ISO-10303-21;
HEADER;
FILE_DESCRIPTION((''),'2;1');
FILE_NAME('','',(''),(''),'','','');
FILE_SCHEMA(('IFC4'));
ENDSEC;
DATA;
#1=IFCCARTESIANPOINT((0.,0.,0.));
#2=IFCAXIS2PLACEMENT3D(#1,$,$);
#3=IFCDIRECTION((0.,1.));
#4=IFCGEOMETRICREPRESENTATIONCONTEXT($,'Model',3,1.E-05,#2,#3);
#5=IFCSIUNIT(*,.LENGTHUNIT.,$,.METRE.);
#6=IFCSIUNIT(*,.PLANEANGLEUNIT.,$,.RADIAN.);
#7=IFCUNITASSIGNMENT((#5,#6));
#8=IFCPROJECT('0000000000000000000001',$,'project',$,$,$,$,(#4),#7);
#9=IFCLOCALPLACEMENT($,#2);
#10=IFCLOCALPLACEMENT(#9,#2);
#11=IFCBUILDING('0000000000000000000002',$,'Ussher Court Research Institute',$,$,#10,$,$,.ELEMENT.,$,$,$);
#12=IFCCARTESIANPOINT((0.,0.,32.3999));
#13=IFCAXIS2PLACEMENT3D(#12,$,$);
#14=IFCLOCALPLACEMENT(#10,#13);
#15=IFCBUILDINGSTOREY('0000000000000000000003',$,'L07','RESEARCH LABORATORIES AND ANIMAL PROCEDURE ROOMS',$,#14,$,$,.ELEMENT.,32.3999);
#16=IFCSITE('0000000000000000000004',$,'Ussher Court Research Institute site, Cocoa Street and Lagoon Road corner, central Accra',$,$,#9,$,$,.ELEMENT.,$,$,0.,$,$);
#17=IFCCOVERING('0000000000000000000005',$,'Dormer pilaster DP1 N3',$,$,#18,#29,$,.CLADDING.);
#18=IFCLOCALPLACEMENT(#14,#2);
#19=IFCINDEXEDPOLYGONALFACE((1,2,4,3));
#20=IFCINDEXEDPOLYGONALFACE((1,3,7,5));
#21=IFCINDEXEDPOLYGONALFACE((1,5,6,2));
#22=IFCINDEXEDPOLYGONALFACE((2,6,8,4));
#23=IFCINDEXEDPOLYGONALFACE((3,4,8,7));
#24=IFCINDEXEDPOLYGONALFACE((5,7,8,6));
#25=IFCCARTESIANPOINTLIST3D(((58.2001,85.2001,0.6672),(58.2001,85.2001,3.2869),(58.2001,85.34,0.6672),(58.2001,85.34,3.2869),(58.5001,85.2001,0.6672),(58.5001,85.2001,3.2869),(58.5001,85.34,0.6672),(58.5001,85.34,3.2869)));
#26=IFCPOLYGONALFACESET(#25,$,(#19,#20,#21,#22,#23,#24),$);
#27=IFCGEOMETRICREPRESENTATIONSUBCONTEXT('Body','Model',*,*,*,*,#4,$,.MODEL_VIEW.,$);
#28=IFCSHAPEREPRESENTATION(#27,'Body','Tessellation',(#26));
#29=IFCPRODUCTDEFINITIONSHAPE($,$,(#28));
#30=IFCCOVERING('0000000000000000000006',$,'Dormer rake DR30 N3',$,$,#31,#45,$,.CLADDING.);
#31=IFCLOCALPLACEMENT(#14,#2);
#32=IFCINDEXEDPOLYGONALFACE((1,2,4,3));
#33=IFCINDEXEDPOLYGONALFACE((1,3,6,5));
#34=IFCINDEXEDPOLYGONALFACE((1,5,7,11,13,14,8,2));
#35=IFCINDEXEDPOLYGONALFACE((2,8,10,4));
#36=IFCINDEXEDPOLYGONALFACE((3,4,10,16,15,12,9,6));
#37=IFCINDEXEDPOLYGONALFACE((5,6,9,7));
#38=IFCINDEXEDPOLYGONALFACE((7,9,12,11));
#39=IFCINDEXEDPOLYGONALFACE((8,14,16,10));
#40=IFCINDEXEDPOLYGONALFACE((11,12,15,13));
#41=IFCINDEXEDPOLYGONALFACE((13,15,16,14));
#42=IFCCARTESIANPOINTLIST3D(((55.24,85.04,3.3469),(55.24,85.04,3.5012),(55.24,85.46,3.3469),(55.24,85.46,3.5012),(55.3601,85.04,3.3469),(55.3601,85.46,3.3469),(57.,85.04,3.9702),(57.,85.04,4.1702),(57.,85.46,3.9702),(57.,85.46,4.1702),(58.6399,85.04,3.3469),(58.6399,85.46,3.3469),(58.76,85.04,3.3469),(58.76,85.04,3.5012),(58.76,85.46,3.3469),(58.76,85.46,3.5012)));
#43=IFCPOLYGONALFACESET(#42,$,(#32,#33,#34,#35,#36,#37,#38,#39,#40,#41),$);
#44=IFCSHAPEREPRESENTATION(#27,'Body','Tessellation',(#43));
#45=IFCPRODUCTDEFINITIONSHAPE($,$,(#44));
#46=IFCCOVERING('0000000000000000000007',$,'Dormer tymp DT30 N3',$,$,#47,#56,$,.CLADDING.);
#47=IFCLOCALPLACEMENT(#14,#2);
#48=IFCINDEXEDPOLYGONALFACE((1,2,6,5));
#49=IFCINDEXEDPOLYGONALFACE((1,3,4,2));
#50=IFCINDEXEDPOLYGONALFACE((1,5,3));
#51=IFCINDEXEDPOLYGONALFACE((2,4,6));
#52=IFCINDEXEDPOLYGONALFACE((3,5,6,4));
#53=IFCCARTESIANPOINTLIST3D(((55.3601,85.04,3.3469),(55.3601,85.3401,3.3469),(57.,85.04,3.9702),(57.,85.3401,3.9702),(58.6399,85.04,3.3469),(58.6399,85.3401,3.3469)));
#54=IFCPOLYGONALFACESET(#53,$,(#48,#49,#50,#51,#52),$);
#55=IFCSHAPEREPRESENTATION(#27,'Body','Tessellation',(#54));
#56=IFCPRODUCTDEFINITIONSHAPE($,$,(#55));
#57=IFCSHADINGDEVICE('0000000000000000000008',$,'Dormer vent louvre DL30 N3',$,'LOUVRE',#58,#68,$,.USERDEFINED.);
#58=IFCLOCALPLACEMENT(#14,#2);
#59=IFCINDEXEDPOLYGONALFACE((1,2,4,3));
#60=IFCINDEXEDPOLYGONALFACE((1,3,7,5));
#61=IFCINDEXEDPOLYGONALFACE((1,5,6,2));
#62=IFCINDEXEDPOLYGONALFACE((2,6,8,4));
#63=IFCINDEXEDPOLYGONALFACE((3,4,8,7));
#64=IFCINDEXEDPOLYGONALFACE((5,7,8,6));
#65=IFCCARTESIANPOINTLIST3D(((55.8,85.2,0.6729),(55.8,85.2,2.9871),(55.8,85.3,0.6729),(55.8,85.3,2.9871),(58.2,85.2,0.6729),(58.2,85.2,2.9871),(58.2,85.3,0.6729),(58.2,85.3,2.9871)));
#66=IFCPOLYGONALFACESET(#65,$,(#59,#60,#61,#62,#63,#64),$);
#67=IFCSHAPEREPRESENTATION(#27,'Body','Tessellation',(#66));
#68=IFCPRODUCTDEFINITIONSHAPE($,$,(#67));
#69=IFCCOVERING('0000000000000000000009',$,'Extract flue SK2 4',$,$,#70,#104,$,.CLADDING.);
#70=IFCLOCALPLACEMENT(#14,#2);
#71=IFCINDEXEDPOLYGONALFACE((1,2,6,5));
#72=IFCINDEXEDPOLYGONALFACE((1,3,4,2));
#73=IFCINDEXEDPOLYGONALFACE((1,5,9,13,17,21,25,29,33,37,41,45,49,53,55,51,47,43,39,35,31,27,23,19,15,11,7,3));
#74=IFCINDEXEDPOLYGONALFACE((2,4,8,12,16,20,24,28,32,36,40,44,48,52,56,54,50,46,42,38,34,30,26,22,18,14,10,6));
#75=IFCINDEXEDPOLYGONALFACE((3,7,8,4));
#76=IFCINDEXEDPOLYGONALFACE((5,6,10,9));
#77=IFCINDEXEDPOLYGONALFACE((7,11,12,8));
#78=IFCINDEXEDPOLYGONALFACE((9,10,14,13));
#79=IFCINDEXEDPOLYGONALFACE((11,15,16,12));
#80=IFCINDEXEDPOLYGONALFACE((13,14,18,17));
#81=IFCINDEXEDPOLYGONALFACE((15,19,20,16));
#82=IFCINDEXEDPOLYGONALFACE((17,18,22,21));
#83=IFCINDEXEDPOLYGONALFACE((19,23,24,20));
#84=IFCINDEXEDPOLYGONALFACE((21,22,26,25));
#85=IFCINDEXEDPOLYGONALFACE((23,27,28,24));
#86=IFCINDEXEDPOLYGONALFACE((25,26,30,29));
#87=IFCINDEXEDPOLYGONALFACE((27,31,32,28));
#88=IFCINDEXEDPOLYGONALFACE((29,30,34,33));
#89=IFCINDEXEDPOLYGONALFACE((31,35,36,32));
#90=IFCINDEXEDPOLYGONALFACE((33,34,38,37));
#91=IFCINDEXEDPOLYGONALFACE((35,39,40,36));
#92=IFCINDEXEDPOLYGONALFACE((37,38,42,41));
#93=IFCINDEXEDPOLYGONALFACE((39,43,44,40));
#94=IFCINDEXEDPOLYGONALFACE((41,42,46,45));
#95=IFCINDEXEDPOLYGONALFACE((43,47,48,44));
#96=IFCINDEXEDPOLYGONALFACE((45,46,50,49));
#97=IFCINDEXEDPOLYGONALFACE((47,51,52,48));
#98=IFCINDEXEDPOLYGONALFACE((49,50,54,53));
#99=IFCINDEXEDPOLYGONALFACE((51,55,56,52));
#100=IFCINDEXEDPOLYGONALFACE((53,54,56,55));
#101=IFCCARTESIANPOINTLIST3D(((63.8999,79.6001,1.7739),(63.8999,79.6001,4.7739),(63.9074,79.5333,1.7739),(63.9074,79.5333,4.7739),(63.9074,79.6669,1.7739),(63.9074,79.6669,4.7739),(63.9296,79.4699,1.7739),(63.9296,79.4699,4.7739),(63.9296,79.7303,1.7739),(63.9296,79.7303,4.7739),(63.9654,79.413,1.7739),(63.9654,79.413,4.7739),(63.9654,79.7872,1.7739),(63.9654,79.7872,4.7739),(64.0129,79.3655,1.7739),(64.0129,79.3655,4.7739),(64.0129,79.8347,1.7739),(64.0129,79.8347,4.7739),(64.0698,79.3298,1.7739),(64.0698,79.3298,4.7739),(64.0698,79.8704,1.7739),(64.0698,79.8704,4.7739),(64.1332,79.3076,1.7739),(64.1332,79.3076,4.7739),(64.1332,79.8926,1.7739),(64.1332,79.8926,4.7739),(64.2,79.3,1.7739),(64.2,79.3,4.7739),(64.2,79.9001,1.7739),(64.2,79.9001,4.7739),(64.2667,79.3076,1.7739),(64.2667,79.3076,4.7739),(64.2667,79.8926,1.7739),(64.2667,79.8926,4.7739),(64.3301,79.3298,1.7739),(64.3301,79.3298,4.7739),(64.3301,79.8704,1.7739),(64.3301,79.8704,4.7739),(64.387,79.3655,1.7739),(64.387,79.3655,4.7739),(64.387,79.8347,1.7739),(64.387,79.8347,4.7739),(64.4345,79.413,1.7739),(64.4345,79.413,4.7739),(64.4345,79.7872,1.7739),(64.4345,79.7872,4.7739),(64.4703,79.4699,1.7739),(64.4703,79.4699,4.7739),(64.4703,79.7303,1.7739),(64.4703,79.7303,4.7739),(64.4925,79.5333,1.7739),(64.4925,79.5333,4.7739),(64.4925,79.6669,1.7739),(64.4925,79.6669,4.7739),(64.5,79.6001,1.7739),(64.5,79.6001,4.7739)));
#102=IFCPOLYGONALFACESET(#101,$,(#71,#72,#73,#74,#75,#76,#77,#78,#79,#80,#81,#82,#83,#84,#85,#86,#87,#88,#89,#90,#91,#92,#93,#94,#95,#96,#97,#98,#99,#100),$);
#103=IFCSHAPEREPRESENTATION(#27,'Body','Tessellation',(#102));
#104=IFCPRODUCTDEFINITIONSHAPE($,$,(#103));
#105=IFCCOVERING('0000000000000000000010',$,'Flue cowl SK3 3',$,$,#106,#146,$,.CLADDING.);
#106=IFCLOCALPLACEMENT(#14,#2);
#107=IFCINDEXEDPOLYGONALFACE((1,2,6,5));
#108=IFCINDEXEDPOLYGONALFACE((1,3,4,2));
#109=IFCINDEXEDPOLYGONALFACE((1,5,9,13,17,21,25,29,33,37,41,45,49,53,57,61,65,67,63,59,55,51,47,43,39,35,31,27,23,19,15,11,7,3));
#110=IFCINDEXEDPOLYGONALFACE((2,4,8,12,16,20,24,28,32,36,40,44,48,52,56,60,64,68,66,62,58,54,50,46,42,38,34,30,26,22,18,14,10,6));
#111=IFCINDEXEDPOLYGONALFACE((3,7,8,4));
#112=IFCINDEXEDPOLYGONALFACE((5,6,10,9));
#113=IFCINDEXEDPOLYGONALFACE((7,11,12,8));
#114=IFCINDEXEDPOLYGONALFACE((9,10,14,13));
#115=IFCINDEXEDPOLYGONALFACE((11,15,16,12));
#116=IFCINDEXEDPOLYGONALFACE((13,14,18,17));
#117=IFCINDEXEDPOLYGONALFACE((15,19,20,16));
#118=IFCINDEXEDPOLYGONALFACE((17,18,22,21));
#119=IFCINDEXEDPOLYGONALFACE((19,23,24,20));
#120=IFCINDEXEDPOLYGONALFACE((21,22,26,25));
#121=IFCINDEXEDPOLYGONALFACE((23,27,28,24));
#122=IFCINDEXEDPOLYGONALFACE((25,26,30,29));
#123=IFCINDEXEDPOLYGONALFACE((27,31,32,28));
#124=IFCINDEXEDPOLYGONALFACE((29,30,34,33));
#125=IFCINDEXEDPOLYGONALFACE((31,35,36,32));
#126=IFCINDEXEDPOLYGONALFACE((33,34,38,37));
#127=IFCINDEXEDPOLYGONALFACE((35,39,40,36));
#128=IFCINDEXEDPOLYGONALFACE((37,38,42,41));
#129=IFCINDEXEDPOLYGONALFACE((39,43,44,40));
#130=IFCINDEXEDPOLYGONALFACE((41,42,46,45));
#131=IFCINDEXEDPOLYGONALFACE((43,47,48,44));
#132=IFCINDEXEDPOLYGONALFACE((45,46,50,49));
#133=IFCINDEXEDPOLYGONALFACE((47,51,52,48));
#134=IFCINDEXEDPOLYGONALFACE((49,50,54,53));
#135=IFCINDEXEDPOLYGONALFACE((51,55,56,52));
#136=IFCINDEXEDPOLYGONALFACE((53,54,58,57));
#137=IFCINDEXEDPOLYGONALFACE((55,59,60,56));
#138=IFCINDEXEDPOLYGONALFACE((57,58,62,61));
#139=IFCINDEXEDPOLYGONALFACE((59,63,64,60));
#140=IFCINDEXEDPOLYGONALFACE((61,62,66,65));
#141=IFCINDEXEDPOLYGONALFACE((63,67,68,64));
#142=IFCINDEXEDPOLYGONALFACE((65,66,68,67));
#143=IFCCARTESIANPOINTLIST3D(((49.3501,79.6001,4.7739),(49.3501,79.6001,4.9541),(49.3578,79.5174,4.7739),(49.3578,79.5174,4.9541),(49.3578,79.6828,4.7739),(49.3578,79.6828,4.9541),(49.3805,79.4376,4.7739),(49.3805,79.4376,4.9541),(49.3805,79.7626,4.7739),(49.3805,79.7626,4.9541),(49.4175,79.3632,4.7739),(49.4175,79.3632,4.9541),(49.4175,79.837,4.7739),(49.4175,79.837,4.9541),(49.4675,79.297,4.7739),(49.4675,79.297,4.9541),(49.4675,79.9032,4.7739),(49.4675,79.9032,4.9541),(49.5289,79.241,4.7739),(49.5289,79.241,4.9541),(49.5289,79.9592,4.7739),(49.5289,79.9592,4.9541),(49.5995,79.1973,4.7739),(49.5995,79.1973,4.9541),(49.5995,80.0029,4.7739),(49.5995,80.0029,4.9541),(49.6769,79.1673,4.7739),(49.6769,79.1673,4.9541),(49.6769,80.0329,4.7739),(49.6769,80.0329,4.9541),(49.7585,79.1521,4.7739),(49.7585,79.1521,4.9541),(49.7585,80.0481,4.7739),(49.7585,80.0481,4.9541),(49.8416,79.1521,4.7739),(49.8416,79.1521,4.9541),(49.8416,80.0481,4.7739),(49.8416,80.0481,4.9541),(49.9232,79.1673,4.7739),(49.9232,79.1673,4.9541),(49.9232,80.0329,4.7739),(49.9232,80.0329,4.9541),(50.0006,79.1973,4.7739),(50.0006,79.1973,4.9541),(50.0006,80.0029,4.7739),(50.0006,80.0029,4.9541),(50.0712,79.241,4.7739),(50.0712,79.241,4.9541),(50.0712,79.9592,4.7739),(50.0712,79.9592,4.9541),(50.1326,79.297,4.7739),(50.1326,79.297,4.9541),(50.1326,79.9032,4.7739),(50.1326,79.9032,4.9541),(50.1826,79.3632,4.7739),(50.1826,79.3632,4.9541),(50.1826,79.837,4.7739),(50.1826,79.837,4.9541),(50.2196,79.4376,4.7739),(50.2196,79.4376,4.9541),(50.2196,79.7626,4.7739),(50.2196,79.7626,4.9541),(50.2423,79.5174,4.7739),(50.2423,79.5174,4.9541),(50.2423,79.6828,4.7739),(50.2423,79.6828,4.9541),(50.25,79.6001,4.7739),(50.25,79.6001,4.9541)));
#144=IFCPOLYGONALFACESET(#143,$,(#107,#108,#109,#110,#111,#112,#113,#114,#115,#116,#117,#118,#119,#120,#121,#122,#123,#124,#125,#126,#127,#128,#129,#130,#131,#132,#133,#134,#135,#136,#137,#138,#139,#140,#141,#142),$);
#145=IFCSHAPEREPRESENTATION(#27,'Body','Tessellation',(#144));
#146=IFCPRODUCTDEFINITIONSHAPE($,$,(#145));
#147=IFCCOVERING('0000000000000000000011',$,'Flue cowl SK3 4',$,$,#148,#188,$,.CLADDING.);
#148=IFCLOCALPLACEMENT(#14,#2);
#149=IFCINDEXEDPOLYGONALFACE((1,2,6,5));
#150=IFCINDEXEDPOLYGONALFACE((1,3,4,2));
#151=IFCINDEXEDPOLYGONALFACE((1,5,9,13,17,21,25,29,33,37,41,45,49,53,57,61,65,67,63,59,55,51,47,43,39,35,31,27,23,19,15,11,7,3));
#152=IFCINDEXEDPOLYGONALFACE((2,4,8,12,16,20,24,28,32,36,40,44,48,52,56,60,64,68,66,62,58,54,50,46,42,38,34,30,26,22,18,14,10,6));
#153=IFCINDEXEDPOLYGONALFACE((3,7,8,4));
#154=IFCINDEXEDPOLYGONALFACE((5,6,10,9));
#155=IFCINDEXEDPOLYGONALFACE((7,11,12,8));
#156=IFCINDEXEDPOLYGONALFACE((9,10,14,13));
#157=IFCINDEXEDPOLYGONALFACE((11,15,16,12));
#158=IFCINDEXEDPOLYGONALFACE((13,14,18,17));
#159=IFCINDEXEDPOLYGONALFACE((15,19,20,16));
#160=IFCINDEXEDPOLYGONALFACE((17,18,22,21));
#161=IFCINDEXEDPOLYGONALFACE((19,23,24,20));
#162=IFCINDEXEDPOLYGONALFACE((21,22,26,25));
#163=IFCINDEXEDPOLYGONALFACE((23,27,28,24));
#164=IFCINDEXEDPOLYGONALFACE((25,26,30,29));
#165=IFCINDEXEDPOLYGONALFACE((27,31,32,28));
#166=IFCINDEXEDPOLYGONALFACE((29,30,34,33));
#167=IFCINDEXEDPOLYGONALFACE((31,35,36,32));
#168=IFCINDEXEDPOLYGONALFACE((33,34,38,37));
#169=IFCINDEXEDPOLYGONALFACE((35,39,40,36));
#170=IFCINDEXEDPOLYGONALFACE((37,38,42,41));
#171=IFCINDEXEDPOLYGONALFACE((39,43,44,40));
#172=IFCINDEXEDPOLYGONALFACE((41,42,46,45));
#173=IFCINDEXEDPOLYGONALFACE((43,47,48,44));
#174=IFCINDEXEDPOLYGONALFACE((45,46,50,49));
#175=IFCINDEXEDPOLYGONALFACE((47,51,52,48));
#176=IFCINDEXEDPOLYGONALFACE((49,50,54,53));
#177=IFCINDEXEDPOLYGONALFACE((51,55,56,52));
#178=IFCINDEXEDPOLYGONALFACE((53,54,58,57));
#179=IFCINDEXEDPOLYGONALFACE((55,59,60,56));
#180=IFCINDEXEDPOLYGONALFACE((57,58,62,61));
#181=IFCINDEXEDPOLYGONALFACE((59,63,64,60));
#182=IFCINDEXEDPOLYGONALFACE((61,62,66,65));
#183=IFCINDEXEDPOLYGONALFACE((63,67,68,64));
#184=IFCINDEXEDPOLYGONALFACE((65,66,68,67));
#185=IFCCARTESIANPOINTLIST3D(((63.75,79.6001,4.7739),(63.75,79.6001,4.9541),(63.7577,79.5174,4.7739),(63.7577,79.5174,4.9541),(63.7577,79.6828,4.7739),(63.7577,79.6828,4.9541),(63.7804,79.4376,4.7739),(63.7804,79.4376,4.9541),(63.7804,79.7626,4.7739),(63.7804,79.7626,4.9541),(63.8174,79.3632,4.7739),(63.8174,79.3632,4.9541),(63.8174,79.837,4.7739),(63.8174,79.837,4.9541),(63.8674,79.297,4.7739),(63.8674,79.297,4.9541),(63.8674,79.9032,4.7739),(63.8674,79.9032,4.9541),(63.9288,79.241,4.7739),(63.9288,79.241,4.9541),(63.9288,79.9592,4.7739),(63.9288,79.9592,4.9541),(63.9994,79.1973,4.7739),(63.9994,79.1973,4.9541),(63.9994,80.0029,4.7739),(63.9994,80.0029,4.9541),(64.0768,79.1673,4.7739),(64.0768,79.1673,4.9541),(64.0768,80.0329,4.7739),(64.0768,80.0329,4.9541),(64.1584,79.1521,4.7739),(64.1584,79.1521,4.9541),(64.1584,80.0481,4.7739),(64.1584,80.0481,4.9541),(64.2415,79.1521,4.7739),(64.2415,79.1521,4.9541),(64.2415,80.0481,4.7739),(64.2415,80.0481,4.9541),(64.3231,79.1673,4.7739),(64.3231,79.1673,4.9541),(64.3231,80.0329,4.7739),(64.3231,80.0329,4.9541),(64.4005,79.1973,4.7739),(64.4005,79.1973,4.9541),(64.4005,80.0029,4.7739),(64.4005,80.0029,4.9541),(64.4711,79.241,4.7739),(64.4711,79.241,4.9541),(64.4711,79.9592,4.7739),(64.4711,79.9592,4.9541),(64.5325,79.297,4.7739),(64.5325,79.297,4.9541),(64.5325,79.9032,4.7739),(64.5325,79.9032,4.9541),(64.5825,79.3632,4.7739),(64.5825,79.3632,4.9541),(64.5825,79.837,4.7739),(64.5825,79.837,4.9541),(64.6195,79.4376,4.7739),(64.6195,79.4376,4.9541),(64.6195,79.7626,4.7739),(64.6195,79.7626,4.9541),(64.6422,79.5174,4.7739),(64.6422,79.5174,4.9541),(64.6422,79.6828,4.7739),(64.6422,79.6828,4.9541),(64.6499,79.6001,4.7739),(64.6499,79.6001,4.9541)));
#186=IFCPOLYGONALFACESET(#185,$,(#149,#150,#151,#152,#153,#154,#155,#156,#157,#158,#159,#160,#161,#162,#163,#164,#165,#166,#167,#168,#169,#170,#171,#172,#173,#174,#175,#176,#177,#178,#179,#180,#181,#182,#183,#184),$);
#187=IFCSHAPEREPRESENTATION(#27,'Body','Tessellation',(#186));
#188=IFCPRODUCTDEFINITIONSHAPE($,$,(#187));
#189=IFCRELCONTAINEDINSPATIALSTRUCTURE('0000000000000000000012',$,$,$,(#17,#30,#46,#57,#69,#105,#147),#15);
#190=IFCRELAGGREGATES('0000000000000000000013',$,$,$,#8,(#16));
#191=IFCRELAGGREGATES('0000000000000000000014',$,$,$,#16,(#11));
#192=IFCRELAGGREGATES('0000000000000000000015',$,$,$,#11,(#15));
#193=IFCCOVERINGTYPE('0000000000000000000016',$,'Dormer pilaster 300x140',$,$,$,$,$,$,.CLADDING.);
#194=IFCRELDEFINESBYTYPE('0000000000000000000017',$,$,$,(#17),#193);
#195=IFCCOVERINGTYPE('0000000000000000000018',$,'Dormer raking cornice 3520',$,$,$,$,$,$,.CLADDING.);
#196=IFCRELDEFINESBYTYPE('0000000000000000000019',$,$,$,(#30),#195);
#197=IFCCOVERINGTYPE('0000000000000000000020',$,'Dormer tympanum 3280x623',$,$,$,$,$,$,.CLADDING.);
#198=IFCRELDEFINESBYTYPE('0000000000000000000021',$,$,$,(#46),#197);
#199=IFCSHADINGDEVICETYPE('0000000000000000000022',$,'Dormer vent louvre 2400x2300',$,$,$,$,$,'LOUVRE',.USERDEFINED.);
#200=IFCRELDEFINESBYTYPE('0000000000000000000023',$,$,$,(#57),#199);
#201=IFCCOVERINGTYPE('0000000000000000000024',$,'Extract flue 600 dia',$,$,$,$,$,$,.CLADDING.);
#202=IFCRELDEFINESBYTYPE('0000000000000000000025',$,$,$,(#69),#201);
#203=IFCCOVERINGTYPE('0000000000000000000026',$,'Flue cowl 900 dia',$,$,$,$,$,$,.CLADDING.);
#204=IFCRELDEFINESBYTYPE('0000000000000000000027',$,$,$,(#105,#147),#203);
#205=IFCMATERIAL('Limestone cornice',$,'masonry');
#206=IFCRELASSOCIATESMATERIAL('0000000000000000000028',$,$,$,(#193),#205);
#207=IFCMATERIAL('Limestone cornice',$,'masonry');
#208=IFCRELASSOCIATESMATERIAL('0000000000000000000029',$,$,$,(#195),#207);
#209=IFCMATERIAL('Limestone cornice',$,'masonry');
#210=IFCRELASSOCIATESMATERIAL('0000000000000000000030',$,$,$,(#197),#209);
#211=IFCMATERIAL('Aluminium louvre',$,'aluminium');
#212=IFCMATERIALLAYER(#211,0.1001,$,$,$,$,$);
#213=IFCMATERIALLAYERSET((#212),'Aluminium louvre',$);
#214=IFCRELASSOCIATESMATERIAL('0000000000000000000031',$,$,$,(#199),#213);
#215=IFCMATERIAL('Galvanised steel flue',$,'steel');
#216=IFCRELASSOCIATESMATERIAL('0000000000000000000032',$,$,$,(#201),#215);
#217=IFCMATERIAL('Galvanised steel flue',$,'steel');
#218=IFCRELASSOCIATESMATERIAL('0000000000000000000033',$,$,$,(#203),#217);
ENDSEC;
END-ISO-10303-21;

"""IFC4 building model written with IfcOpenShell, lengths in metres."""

from ifc_helpers import new_model, si_unit, direction, frame, origin, origin_2d, place, context, subcontext, project, spatial, polyline, rectangle, circle, outline, extrude, material, layer, layer_set, material_profile, profile_set, type_object, element, save


model = new_model("IFC4")

# Units and contexts
model_context = context("Model", 3, precision=1e-05, world=origin(), true_north=direction((0.0, 1.0)))
body_context = subcontext(model_context, "Body", "Model", "MODEL_VIEW")
ifc_project = project(units=[si_unit("LENGTHUNIT", "METRE"), si_unit("PLANEANGLEUNIT", "RADIAN")], contexts=[model_context])

# Site, building, storey
site_placement = place(None, origin())
site = spatial("IfcSite", under=ifc_project, at=site_placement, Name="Ussher Court Research Institute site, Cocoa Street and Lagoon Road corner, central Accra", CompositionType="ELEMENT", RefElevation=0.0)
building_placement = place(site_placement, origin())
building = spatial("IfcBuilding", under=site, at=building_placement, Name="Ussher Court Research Institute", CompositionType="ELEMENT")
storey_placement = place(building_placement, frame((0.0, 0.0, 32.3999)))
storey = spatial("IfcBuildingStorey", under=building, at=storey_placement, Name="L07", Description="RESEARCH LABORATORIES AND ANIMAL PROCEDURE ROOMS", CompositionType="ELEMENT", Elevation=32.3999)

# Coverings
ifc_material_1 = material(Name="Limestone cornice", Category="masonry")
covering_type_1 = type_object("IfcCoveringType", Name="Dormer pilaster 300x140", PredefinedType="CLADDING", material=ifc_material_1)
for number, where, z_axis, x_axis, name in (
    (1, (58.3501, 85.27, 0.6672), (0.0, 0.0, 1.0), (1.0, 0.0, 0.0), "Dormer pilaster DP1 N3"),
):
    element("IfcCovering", number, at=place(storey_placement, frame(where, z_axis=z_axis, x_axis=x_axis)), inside=storey, type_object=covering_type_1, Name=name, PredefinedType="CLADDING", context=body_context, shape_type="SweptSolid", body=[
        extrude(rectangle(XDim=0.3, YDim=0.1399, at=origin_2d()), origin(), (0.0, 0.0, 1.0), 2.6196),
    ])
ifc_material_2 = material(Name="Limestone cornice", Category="masonry")
covering_type_2 = type_object("IfcCoveringType", Name="Dormer raking cornice 3520", PredefinedType="CLADDING", material=ifc_material_2)
covering_1_placement = place(storey_placement, frame((57.0, 85.04, 3.3469), z_axis=(0.0, 1.0, 0.0), x_axis=(-1.0, 0.0, 0.0)))
element("IfcCovering", 2, at=covering_1_placement, inside=storey, type_object=covering_type_2, Name="Dormer rake DR30 N3", PredefinedType="CLADDING", context=body_context, shape_type="SweptSolid", body=[
    extrude(outline(polyline([(1.76, 0.0), (1.76, 0.1543), (0.0, 0.8232), (-1.76, 0.1543), (-1.76, 0.0), (-1.6399, 0.0), (0.0, 0.6233), (1.6399, 0.0), (1.76, 0.0)])), origin(), (0.0, 0.0, 1.0), 0.4199),
])
ifc_material_3 = material(Name="Limestone cornice", Category="masonry")
covering_type_3 = type_object("IfcCoveringType", Name="Dormer tympanum 3280x623", PredefinedType="CLADDING", material=ifc_material_3)
covering_2_placement = place(storey_placement, frame((57.0, 85.04, 3.3469), z_axis=(0.0, 1.0, 0.0), x_axis=(-1.0, 0.0, 0.0)))
element("IfcCovering", 3, at=covering_2_placement, inside=storey, type_object=covering_type_3, Name="Dormer tymp DT30 N3", PredefinedType="CLADDING", context=body_context, shape_type="SweptSolid", body=[
    extrude(outline(polyline([(1.6399, 0.0), (0.0, 0.6233), (-1.6399, 0.0), (1.6399, 0.0)])), origin(), (0.0, 0.0, 1.0), 0.3),
])

# Shading device
ifc_material_4 = material(Name="Aluminium louvre", Category="aluminium")
ifc_layer_1 = layer(ifc_material_4, 0.1001)
ifc_layer_set_1 = layer_set([ifc_layer_1], Name="Aluminium louvre")
shading_device_type = type_object("IfcShadingDeviceType", Name="Dormer vent louvre 2400x2300", ElementType="LOUVRE", PredefinedType="USERDEFINED", material=ifc_layer_set_1)
shading_device_placement = place(storey_placement, frame((57.0, 85.25, 0.6729), z_axis=(0.0, 0.0, 1.0), x_axis=(1.0, 0.0, 0.0)))
element("IfcShadingDevice", 4, at=shading_device_placement, inside=storey, type_object=shading_device_type, Name="Dormer vent louvre DL30 N3", ObjectType="LOUVRE", PredefinedType="USERDEFINED", context=body_context, shape_type="SweptSolid", body=[
    extrude(rectangle(XDim=2.3999, YDim=0.1001, at=origin_2d()), origin(), (0.0, 0.0, 1.0), 2.3142),
])

# Coverings
ifc_material_5 = material(Name="Galvanised steel flue", Category="steel")
ifc_material_profile_1 = material_profile(ifc_material_5, circle(Radius=0.3, at=origin_2d()), Name="Extract flue 600 dia")
ifc_profile_set_1 = profile_set([ifc_material_profile_1], Name="Galvanised steel flue")
covering_type_4 = type_object("IfcCoveringType", Name="Extract flue 600 dia", PredefinedType="CLADDING", material=ifc_profile_set_1)
covering_3_placement = place(storey_placement, frame((64.2, 79.6001, 1.7739), z_axis=(0.0, 0.0, 1.0), x_axis=(1.0, 0.0, 0.0)))
element("IfcCovering", 5, at=covering_3_placement, inside=storey, type_object=covering_type_4, Name="Extract flue SK2 4", PredefinedType="CLADDING", context=body_context, shape_type="SweptSolid", body=[
    extrude(circle(Radius=0.3, at=origin_2d()), origin(), (0.0, 0.0, 1.0), 3.0),
])
ifc_material_6 = material(Name="Galvanised steel flue", Category="steel")
ifc_material_profile_2 = material_profile(ifc_material_6, circle(Radius=0.45, at=origin_2d()), Name="Flue cowl 900 dia")
ifc_profile_set_2 = profile_set([ifc_material_profile_2], Name="Galvanised steel flue")
covering_type_5 = type_object("IfcCoveringType", Name="Flue cowl 900 dia", PredefinedType="CLADDING", material=ifc_profile_set_2)
for number, where, z_axis, x_axis, name in (
    (6, (49.8, 79.6001, 4.7739), (0.0, 0.0, 1.0), (1.0, 0.0, 0.0), "Flue cowl SK3 3"),
    (7, (64.2, 79.6001, 4.7739), (0.0, 0.0, 1.0), (1.0, 0.0, 0.0), "Flue cowl SK3 4"),
):
    element("IfcCovering", number, at=place(storey_placement, frame(where, z_axis=z_axis, x_axis=x_axis)), inside=storey, type_object=covering_type_5, Name=name, PredefinedType="CLADDING", context=body_context, shape_type="SweptSolid", body=[
        extrude(circle(Radius=0.45, at=origin_2d()), origin(), (0.0, 0.0, 1.0), 0.1802),
    ])

save(model, "model.ifc")
